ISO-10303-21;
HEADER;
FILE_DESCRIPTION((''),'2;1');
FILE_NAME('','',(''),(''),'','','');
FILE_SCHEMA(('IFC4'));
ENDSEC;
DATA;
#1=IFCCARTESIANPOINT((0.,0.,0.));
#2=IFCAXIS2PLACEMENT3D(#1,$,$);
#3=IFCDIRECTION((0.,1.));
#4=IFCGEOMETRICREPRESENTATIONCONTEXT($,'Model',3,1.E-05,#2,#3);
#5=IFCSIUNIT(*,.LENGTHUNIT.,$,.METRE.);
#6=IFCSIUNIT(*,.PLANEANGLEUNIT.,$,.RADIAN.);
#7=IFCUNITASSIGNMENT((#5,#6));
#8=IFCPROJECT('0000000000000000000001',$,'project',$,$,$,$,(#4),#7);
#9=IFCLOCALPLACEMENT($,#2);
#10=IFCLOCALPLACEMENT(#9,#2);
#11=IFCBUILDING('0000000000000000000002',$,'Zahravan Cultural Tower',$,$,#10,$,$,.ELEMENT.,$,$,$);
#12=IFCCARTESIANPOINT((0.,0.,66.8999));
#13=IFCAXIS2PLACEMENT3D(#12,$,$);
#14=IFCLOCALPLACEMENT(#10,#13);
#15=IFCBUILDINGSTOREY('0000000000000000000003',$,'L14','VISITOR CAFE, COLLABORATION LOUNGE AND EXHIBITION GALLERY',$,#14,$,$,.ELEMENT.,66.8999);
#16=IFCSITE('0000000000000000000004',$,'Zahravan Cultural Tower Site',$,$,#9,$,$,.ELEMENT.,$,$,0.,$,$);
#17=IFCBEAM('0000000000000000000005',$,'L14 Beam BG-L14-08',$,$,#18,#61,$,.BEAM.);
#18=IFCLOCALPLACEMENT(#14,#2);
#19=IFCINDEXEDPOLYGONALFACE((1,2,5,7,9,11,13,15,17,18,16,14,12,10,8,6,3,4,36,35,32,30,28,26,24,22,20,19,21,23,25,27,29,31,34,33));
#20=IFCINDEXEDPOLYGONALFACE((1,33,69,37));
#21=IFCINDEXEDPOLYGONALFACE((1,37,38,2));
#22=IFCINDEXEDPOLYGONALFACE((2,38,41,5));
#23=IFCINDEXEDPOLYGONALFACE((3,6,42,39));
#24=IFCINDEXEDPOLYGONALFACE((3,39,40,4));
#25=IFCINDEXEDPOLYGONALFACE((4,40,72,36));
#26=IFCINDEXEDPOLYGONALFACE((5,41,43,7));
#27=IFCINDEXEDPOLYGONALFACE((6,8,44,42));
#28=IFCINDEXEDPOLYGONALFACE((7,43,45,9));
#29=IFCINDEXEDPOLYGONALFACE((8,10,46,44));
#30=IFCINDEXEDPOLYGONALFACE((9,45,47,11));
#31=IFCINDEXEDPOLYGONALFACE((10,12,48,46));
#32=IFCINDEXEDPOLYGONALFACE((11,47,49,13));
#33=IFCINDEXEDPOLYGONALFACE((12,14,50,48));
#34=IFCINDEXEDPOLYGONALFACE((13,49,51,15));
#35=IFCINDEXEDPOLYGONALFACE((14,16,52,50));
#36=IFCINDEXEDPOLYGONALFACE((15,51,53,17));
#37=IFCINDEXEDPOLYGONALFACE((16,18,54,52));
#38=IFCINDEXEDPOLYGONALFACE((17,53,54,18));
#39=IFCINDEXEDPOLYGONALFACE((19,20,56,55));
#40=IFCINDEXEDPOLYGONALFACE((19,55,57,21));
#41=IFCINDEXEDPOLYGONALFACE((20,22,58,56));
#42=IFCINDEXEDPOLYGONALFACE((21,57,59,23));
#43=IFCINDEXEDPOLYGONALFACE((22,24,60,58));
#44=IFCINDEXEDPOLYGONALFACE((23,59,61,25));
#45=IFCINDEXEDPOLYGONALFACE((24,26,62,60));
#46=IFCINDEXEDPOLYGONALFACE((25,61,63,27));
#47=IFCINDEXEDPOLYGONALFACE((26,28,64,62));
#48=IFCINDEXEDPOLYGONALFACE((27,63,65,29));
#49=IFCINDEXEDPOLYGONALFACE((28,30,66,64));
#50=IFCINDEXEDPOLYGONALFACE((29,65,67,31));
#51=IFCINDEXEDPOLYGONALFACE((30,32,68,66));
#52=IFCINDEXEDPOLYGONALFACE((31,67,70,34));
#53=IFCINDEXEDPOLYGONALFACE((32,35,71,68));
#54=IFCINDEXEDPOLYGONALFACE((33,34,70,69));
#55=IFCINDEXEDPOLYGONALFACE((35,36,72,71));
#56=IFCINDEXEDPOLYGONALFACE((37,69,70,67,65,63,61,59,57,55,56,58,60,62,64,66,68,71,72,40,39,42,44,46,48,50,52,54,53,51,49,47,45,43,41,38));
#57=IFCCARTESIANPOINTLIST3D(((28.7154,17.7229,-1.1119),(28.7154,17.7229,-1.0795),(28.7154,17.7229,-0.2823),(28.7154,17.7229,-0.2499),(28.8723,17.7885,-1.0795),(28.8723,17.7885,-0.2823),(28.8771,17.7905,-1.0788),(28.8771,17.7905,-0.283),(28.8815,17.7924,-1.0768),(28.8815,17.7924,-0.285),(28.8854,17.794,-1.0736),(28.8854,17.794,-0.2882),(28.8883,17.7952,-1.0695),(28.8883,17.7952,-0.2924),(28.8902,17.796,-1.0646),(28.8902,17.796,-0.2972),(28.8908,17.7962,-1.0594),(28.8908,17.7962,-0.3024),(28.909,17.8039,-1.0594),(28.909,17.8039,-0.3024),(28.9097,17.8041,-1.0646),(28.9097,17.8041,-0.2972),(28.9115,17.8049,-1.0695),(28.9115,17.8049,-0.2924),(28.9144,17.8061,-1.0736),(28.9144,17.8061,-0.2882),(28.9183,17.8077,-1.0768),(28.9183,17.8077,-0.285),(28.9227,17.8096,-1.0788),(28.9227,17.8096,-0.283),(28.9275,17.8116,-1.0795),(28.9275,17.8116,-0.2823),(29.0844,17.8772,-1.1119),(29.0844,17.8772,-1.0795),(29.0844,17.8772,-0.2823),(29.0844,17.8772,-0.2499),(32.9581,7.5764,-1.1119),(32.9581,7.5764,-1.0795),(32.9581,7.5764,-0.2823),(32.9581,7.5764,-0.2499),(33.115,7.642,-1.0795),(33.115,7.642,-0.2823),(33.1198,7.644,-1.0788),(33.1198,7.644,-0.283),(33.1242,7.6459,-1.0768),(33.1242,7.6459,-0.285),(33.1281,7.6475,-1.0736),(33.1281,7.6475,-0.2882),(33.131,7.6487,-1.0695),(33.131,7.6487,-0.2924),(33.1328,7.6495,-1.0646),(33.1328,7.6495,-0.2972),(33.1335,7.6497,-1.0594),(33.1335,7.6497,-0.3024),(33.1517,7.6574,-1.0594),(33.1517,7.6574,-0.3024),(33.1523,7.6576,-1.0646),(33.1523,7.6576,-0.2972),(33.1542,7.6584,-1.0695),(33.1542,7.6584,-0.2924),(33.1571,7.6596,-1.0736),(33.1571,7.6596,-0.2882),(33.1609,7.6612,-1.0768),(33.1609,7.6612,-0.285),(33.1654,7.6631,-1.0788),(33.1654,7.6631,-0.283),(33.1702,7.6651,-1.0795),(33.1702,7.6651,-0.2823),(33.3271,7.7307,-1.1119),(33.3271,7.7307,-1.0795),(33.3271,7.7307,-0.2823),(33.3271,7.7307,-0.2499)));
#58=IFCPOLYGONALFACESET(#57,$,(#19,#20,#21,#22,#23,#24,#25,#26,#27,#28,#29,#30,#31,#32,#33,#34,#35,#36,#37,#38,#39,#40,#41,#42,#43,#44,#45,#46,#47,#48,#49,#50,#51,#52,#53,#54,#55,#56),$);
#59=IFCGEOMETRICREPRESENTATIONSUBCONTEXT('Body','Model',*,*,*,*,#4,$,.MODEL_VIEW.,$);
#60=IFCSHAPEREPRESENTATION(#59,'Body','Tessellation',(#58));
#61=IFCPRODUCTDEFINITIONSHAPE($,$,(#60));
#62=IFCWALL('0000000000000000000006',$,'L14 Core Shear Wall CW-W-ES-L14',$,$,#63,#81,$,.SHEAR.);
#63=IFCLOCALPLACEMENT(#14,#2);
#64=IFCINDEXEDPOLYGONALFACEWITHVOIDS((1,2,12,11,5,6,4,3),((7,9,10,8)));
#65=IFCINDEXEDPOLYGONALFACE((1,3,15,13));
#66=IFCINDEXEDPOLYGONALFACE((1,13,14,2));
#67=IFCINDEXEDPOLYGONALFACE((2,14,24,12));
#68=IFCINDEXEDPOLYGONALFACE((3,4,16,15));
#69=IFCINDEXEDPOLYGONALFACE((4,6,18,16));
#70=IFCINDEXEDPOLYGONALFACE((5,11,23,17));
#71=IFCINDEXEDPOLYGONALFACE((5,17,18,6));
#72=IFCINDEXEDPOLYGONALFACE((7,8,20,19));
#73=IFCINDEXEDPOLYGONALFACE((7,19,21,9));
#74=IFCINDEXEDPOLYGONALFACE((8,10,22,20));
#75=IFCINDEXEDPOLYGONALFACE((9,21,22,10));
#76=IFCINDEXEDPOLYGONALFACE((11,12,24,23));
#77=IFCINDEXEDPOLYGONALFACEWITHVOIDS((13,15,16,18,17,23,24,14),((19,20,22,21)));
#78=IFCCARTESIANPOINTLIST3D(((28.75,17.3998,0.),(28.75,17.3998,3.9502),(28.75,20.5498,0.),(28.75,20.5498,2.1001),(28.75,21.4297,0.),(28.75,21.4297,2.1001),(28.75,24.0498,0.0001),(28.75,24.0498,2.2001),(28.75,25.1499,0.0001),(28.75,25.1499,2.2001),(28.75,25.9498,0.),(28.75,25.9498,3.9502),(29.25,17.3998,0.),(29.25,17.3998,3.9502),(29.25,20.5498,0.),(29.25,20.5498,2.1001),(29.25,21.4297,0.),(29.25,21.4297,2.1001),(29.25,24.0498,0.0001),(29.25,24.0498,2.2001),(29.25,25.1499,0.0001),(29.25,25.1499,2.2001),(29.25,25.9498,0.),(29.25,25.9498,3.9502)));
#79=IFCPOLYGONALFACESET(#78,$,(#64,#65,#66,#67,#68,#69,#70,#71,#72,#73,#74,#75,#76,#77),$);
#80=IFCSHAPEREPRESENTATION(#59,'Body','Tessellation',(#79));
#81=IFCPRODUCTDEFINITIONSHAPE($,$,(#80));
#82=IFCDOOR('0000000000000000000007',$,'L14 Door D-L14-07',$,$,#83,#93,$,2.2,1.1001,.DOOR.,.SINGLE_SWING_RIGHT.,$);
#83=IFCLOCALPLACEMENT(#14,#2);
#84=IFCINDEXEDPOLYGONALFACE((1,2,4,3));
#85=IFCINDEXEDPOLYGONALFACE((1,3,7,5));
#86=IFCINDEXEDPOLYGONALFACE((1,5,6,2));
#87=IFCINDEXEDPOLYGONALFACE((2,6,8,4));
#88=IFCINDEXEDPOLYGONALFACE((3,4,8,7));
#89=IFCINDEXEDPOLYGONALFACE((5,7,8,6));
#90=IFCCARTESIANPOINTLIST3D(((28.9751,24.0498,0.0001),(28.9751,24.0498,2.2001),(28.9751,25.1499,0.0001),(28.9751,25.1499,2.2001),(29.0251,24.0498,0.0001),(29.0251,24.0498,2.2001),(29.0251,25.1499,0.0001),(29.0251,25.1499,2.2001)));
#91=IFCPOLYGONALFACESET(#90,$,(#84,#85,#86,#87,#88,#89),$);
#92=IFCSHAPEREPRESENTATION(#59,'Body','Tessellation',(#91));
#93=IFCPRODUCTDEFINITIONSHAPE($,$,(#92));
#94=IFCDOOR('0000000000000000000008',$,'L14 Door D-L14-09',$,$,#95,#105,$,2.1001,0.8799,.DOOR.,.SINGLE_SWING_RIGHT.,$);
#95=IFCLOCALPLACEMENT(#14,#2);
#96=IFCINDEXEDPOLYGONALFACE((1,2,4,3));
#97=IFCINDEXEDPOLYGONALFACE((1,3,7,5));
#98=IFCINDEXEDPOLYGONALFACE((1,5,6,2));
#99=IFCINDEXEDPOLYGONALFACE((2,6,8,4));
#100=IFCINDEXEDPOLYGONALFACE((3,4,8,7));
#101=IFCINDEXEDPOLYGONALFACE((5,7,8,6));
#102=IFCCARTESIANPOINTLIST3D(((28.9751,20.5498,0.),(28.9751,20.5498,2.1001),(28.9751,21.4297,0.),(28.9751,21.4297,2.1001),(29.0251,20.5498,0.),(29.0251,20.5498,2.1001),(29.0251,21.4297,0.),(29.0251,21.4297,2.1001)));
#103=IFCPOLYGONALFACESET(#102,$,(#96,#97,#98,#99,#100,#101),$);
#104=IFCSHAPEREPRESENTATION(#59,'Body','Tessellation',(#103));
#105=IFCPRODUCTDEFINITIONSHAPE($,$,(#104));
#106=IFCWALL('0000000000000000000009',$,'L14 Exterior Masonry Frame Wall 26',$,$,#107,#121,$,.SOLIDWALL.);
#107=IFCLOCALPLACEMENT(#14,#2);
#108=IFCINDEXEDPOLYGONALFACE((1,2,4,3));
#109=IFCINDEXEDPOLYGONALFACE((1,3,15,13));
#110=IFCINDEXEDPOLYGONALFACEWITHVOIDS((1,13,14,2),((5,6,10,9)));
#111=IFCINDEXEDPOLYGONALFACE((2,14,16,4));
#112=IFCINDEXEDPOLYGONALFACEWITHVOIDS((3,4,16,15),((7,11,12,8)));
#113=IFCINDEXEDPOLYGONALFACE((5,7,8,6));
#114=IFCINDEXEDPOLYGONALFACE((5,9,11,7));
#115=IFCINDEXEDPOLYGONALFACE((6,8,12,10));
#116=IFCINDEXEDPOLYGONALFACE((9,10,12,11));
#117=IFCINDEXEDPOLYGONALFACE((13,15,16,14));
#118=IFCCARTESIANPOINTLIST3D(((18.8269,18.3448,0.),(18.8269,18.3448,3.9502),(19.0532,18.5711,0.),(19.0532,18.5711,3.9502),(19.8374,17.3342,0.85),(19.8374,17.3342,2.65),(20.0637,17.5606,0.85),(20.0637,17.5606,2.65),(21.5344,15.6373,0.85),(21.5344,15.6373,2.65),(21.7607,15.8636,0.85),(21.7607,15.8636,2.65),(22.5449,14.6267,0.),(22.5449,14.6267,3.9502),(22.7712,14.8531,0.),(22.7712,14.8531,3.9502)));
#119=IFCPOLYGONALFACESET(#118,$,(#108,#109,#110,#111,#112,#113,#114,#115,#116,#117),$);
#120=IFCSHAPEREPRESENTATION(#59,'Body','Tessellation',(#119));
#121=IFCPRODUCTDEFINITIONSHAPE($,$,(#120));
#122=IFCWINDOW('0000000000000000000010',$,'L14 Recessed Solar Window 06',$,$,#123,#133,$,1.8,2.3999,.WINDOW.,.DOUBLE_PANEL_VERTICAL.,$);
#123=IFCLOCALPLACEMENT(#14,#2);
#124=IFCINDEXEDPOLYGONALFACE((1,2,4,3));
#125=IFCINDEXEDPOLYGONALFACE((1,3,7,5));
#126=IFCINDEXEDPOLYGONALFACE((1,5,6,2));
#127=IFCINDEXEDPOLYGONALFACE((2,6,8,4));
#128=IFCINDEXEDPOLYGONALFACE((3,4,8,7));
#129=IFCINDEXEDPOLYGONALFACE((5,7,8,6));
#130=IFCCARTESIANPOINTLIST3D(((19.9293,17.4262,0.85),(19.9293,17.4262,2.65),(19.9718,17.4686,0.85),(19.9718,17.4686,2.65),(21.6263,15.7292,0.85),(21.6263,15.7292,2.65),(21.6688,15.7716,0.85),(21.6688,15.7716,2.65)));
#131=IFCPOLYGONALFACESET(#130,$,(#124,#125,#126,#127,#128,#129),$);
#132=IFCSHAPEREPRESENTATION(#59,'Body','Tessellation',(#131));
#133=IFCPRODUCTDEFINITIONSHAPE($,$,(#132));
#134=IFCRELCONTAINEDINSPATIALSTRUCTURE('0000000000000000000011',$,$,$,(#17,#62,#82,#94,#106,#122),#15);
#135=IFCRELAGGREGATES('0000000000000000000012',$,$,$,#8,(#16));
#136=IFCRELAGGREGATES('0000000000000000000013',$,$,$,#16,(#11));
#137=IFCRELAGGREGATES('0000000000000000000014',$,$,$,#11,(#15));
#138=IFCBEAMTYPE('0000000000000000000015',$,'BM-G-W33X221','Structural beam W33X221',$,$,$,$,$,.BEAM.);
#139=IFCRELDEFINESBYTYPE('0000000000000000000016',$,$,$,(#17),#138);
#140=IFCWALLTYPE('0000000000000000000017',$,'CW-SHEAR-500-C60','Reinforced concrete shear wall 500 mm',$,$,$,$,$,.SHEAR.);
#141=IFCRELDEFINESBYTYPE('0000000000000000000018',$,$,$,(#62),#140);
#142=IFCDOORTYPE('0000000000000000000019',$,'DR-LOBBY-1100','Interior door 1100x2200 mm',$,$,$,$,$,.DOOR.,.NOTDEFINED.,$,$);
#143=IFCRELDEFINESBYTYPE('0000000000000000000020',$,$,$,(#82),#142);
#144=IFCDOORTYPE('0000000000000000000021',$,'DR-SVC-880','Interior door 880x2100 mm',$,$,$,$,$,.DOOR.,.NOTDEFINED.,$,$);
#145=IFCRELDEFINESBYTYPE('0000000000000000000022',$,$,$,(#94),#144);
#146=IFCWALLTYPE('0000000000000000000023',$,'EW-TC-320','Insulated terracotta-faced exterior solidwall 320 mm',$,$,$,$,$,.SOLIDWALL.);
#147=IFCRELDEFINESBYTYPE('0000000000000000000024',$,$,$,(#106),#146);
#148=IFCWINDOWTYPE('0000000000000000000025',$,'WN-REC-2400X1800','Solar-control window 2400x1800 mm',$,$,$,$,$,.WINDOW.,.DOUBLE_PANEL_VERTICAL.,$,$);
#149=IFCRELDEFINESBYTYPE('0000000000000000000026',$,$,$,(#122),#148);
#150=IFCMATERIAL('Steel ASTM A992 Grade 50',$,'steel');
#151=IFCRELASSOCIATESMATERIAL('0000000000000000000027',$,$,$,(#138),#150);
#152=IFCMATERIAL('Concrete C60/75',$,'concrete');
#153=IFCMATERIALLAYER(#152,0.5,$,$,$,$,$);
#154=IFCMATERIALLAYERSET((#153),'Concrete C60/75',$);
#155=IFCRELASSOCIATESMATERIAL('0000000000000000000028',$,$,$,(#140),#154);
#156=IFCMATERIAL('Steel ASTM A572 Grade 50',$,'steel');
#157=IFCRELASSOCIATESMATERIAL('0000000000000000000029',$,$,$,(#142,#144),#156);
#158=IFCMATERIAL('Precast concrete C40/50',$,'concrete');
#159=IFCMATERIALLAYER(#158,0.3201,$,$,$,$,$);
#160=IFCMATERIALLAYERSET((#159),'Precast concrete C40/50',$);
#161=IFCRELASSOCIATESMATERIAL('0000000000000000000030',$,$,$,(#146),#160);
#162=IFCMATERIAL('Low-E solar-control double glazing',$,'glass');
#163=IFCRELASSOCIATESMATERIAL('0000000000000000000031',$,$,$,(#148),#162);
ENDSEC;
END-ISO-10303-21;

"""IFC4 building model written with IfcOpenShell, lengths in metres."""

from ifc_helpers import new_model, si_unit, direction, frame, frame_2d, origin, origin_2d, place, context, subcontext, project, spatial, rectangle, i_section, extrude, source, transform, mapped, material, layer, layer_set, material_profile, profile_set, type_object, element, fill, save


model = new_model("IFC4")

# Units and contexts
model_context = context("Model", 3, precision=1e-05, world=origin(), true_north=direction((0.0, 1.0)))
body_context = subcontext(model_context, "Body", "Model", "MODEL_VIEW")
ifc_project = project(units=[si_unit("LENGTHUNIT", "METRE"), si_unit("PLANEANGLEUNIT", "RADIAN")], contexts=[model_context])

# Site, building, storey
site_placement = place(None, origin())
site = spatial("IfcSite", under=ifc_project, at=site_placement, Name="Zahravan Cultural Tower Site", CompositionType="ELEMENT", RefElevation=0.0)
building_placement = place(site_placement, origin())
building = spatial("IfcBuilding", under=site, at=building_placement, Name="Zahravan Cultural Tower", CompositionType="ELEMENT")
storey_placement = place(building_placement, frame((0.0, 0.0, 66.8999)))
storey = spatial("IfcBuildingStorey", under=building, at=storey_placement, Name="L14", Description="VISITOR CAFE, COLLABORATION LOUNGE AND EXHIBITION GALLERY", CompositionType="ELEMENT", Elevation=66.8999)

# Shared definitions
ifc_material_1 = material(Name="Concrete C60/75", Category="concrete")

# Beam
ifc_material_2 = material(Name="Steel ASTM A992 Grade 50", Category="steel")
ifc_material_profile_1 = material_profile(ifc_material_2, i_section(OverallWidth=0.3999, OverallDepth=0.8621, WebThickness=0.0198, FlangeThickness=0.0325, FilletRadius=0.02, at=origin_2d()), Name="W33X221")
ifc_profile_set_1 = profile_set([ifc_material_profile_1], Name="Steel ASTM A992 Grade 50")
beam_type_1 = type_object("IfcBeamType", Name="BM-G-W33X221", Description="Structural beam W33X221", PredefinedType="BEAM", material=ifc_profile_set_1)
shared_shape_1 = source(origin(), body_context, "Body", "SweptSolid", [
    extrude(i_section(OverallWidth=0.3999, OverallDepth=0.8621, WebThickness=0.0198, FlangeThickness=0.0325, FilletRadius=0.02, at=origin_2d()), origin(), (0.0, 0.0, 1.0), 10.9978),
])
beam_1_placement = place(storey_placement, frame((28.8999, 17.8, -0.6809), z_axis=(0.385775, -0.922593, 0.0), x_axis=(0.922593, 0.385775, 0.0)))
element("IfcBeam", 1, at=beam_1_placement, inside=storey, type_object=beam_type_1, Name="L14 Beam BG-L14-08", PredefinedType="BEAM", context=body_context, shape_type="MappedRepresentation", body=[
    mapped(shared_shape_1, transform((0.0, 0.0, 0.0), x_axis=(1.0, 0.0, 0.0), y_axis=(0.0, 1.0, 0.0), z_axis=(0.0, 0.0, 1.0), scale=1.0)),
])

# Wall, openings, doors
ifc_layer_1 = layer(ifc_material_1, 0.5)
ifc_layer_set_1 = layer_set([ifc_layer_1], Name="Concrete C60/75")
wall_type_1 = type_object("IfcWallType", Name="CW-SHEAR-500-C60", Description="Reinforced concrete shear wall 500 mm", PredefinedType="SHEAR", material=ifc_layer_set_1)
wall_1_placement = place(storey_placement, frame((29.0, 17.3999, 0.0), z_axis=(0.0, 0.0, 1.0), x_axis=(0.0, 1.0, 0.0)))
wall_1 = element("IfcWall", 2, at=wall_1_placement, inside=storey, type_object=wall_type_1, Name="L14 Core Shear Wall CW-W-ES-L14", PredefinedType="SHEAR", context=body_context, shape_type="SweptSolid", body=[
    extrude(rectangle(XDim=8.55, YDim=0.5, at=frame_2d((4.2749, 0.0))), origin(), (0.0, 0.0, 1.0), 3.9502),
])
opening_1_placement = place(wall_1_placement, frame((6.6499, 0.0, 0.0)))
opening_1 = element("IfcOpeningElement", 3, at=opening_1_placement, cuts=wall_1, PredefinedType="OPENING", context=body_context, shape_type="SweptSolid", body=[
    extrude(rectangle(XDim=1.1001, YDim=2.2, at=frame_2d((0.55, 1.1001))), frame((0.0, 0.26, 0.0), z_axis=(0.0, -1.0, 0.0), x_axis=(1.0, 0.0, 0.0)), (0.0, 0.0, 1.0), 0.52),
])
opening_2_placement = place(wall_1_placement, frame((3.1499, 0.0, 0.0)))
opening_2 = element("IfcOpeningElement", 4, at=opening_2_placement, cuts=wall_1, PredefinedType="OPENING", context=body_context, shape_type="SweptSolid", body=[
    extrude(rectangle(XDim=0.8799, YDim=2.1001, at=frame_2d((0.4399, 1.05))), frame((0.0, 0.26, 0.0), z_axis=(0.0, -1.0, 0.0), x_axis=(1.0, 0.0, 0.0)), (0.0, 0.0, 1.0), 0.52),
])
ifc_material_3 = material(Name="Steel ASTM A572 Grade 50", Category="steel")
door_type_1 = type_object("IfcDoorType", Name="DR-LOBBY-1100", Description="Interior door 1100x2200 mm", OperationType="NOTDEFINED", PredefinedType="DOOR", material=ifc_material_3)
shared_shape_2 = source(origin(), body_context, "Body", "SweptSolid", [
    extrude(rectangle(XDim=1.1001, YDim=2.2, at=frame_2d((0.55, 1.1001))), frame((0.0, 0.0249, 0.0), z_axis=(0.0, -1.0, 0.0), x_axis=(1.0, 0.0, 0.0)), (0.0, 0.0, 1.0), 0.05),
])
door_1_placement = place(opening_1_placement, origin())
door_1 = element("IfcDoor", 5, at=door_1_placement, inside=storey, type_object=door_type_1, Name="L14 Door D-L14-07", OperationType="SINGLE_SWING_RIGHT", OverallHeight=2.2, OverallWidth=1.1001, PredefinedType="DOOR", context=body_context, shape_type="MappedRepresentation", body=[
    mapped(shared_shape_2, transform((0.0, 0.0, 0.0), x_axis=(1.0, 0.0, 0.0), y_axis=(0.0, 1.0, 0.0), z_axis=(0.0, 0.0, 1.0), scale=1.0)),
])
fill(opening_1, door_1)
door_type_2 = type_object("IfcDoorType", Name="DR-SVC-880", Description="Interior door 880x2100 mm", OperationType="NOTDEFINED", PredefinedType="DOOR", material=ifc_material_3)
shared_shape_3 = source(origin(), body_context, "Body", "SweptSolid", [
    extrude(rectangle(XDim=0.8799, YDim=2.1001, at=frame_2d((0.4399, 1.05))), frame((0.0, 0.0249, 0.0), z_axis=(0.0, -1.0, 0.0), x_axis=(1.0, 0.0, 0.0)), (0.0, 0.0, 1.0), 0.05),
])
door_2_placement = place(opening_2_placement, origin())
door_2 = element("IfcDoor", 6, at=door_2_placement, inside=storey, type_object=door_type_2, Name="L14 Door D-L14-09", OperationType="SINGLE_SWING_RIGHT", OverallHeight=2.1001, OverallWidth=0.8799, PredefinedType="DOOR", context=body_context, shape_type="MappedRepresentation", body=[
    mapped(shared_shape_3, transform((0.0, 0.0, 0.0), x_axis=(1.0, 0.0, 0.0), y_axis=(0.0, 1.0, 0.0), z_axis=(0.0, 0.0, 1.0), scale=1.0)),
])
fill(opening_2, door_2)

# Wall, opening, window
ifc_material_4 = material(Name="Precast concrete C40/50", Category="concrete")
ifc_layer_2 = layer(ifc_material_4, 0.3201)
ifc_layer_set_2 = layer_set([ifc_layer_2], Name="Precast concrete C40/50")
wall_type_2 = type_object("IfcWallType", Name="EW-TC-320", Description="Insulated terracotta-faced exterior solidwall 320 mm", PredefinedType="SOLIDWALL", material=ifc_layer_set_2)
wall_2_placement = place(storey_placement, frame((22.658, 14.74, 0.0), z_axis=(0.0, 0.0, 1.0), x_axis=(-0.707107, 0.707107, 0.0)))
wall_2 = element("IfcWall", 7, at=wall_2_placement, inside=storey, type_object=wall_type_2, Name="L14 Exterior Masonry Frame Wall 26", PredefinedType="SOLIDWALL", context=body_context, shape_type="SweptSolid", body=[
    extrude(rectangle(XDim=5.2581, YDim=0.3201, at=frame_2d((2.6289, 0.0))), origin(), (0.0, 0.0, 1.0), 3.9502),
])
opening_3_placement = place(wall_2_placement, frame((1.429, 0.0, 0.8501)))
opening_3 = element("IfcOpeningElement", 8, at=opening_3_placement, cuts=wall_2, PredefinedType="OPENING", context=body_context, shape_type="SweptSolid", body=[
    extrude(rectangle(XDim=2.3999, YDim=1.8, at=frame_2d((1.2, 0.8999))), frame((0.0, 0.1699, 0.0), z_axis=(0.0, -1.0, 0.0), x_axis=(1.0, 0.0, 0.0)), (0.0, 0.0, 1.0), 0.3401),
])
ifc_material_5 = material(Name="Low-E solar-control double glazing", Category="glass")
window_type = type_object("IfcWindowType", Name="WN-REC-2400X1800", Description="Solar-control window 2400x1800 mm", PartitioningType="DOUBLE_PANEL_VERTICAL", PredefinedType="WINDOW", material=ifc_material_5)
shared_shape_4 = source(origin(), body_context, "Body", "SweptSolid", [
    extrude(rectangle(XDim=2.3999, YDim=1.8, at=frame_2d((1.2, 0.8999))), frame((0.0, 0.03, 0.0), z_axis=(0.0, -1.0, 0.0), x_axis=(1.0, 0.0, 0.0)), (0.0, 0.0, 1.0), 0.0601),
])
window_placement = place(opening_3_placement, origin())
window = element("IfcWindow", 9, at=window_placement, inside=storey, type_object=window_type, Name="L14 Recessed Solar Window 06", OverallHeight=1.8, OverallWidth=2.3999, PartitioningType="DOUBLE_PANEL_VERTICAL", PredefinedType="WINDOW", context=body_context, shape_type="MappedRepresentation", body=[
    mapped(shared_shape_4, transform((0.0, 0.0, 0.0), x_axis=(1.0, 0.0, 0.0), y_axis=(0.0, 1.0, 0.0), z_axis=(0.0, 0.0, 1.0), scale=1.0)),
])
fill(opening_3, window)

save(model, "model.ifc")
